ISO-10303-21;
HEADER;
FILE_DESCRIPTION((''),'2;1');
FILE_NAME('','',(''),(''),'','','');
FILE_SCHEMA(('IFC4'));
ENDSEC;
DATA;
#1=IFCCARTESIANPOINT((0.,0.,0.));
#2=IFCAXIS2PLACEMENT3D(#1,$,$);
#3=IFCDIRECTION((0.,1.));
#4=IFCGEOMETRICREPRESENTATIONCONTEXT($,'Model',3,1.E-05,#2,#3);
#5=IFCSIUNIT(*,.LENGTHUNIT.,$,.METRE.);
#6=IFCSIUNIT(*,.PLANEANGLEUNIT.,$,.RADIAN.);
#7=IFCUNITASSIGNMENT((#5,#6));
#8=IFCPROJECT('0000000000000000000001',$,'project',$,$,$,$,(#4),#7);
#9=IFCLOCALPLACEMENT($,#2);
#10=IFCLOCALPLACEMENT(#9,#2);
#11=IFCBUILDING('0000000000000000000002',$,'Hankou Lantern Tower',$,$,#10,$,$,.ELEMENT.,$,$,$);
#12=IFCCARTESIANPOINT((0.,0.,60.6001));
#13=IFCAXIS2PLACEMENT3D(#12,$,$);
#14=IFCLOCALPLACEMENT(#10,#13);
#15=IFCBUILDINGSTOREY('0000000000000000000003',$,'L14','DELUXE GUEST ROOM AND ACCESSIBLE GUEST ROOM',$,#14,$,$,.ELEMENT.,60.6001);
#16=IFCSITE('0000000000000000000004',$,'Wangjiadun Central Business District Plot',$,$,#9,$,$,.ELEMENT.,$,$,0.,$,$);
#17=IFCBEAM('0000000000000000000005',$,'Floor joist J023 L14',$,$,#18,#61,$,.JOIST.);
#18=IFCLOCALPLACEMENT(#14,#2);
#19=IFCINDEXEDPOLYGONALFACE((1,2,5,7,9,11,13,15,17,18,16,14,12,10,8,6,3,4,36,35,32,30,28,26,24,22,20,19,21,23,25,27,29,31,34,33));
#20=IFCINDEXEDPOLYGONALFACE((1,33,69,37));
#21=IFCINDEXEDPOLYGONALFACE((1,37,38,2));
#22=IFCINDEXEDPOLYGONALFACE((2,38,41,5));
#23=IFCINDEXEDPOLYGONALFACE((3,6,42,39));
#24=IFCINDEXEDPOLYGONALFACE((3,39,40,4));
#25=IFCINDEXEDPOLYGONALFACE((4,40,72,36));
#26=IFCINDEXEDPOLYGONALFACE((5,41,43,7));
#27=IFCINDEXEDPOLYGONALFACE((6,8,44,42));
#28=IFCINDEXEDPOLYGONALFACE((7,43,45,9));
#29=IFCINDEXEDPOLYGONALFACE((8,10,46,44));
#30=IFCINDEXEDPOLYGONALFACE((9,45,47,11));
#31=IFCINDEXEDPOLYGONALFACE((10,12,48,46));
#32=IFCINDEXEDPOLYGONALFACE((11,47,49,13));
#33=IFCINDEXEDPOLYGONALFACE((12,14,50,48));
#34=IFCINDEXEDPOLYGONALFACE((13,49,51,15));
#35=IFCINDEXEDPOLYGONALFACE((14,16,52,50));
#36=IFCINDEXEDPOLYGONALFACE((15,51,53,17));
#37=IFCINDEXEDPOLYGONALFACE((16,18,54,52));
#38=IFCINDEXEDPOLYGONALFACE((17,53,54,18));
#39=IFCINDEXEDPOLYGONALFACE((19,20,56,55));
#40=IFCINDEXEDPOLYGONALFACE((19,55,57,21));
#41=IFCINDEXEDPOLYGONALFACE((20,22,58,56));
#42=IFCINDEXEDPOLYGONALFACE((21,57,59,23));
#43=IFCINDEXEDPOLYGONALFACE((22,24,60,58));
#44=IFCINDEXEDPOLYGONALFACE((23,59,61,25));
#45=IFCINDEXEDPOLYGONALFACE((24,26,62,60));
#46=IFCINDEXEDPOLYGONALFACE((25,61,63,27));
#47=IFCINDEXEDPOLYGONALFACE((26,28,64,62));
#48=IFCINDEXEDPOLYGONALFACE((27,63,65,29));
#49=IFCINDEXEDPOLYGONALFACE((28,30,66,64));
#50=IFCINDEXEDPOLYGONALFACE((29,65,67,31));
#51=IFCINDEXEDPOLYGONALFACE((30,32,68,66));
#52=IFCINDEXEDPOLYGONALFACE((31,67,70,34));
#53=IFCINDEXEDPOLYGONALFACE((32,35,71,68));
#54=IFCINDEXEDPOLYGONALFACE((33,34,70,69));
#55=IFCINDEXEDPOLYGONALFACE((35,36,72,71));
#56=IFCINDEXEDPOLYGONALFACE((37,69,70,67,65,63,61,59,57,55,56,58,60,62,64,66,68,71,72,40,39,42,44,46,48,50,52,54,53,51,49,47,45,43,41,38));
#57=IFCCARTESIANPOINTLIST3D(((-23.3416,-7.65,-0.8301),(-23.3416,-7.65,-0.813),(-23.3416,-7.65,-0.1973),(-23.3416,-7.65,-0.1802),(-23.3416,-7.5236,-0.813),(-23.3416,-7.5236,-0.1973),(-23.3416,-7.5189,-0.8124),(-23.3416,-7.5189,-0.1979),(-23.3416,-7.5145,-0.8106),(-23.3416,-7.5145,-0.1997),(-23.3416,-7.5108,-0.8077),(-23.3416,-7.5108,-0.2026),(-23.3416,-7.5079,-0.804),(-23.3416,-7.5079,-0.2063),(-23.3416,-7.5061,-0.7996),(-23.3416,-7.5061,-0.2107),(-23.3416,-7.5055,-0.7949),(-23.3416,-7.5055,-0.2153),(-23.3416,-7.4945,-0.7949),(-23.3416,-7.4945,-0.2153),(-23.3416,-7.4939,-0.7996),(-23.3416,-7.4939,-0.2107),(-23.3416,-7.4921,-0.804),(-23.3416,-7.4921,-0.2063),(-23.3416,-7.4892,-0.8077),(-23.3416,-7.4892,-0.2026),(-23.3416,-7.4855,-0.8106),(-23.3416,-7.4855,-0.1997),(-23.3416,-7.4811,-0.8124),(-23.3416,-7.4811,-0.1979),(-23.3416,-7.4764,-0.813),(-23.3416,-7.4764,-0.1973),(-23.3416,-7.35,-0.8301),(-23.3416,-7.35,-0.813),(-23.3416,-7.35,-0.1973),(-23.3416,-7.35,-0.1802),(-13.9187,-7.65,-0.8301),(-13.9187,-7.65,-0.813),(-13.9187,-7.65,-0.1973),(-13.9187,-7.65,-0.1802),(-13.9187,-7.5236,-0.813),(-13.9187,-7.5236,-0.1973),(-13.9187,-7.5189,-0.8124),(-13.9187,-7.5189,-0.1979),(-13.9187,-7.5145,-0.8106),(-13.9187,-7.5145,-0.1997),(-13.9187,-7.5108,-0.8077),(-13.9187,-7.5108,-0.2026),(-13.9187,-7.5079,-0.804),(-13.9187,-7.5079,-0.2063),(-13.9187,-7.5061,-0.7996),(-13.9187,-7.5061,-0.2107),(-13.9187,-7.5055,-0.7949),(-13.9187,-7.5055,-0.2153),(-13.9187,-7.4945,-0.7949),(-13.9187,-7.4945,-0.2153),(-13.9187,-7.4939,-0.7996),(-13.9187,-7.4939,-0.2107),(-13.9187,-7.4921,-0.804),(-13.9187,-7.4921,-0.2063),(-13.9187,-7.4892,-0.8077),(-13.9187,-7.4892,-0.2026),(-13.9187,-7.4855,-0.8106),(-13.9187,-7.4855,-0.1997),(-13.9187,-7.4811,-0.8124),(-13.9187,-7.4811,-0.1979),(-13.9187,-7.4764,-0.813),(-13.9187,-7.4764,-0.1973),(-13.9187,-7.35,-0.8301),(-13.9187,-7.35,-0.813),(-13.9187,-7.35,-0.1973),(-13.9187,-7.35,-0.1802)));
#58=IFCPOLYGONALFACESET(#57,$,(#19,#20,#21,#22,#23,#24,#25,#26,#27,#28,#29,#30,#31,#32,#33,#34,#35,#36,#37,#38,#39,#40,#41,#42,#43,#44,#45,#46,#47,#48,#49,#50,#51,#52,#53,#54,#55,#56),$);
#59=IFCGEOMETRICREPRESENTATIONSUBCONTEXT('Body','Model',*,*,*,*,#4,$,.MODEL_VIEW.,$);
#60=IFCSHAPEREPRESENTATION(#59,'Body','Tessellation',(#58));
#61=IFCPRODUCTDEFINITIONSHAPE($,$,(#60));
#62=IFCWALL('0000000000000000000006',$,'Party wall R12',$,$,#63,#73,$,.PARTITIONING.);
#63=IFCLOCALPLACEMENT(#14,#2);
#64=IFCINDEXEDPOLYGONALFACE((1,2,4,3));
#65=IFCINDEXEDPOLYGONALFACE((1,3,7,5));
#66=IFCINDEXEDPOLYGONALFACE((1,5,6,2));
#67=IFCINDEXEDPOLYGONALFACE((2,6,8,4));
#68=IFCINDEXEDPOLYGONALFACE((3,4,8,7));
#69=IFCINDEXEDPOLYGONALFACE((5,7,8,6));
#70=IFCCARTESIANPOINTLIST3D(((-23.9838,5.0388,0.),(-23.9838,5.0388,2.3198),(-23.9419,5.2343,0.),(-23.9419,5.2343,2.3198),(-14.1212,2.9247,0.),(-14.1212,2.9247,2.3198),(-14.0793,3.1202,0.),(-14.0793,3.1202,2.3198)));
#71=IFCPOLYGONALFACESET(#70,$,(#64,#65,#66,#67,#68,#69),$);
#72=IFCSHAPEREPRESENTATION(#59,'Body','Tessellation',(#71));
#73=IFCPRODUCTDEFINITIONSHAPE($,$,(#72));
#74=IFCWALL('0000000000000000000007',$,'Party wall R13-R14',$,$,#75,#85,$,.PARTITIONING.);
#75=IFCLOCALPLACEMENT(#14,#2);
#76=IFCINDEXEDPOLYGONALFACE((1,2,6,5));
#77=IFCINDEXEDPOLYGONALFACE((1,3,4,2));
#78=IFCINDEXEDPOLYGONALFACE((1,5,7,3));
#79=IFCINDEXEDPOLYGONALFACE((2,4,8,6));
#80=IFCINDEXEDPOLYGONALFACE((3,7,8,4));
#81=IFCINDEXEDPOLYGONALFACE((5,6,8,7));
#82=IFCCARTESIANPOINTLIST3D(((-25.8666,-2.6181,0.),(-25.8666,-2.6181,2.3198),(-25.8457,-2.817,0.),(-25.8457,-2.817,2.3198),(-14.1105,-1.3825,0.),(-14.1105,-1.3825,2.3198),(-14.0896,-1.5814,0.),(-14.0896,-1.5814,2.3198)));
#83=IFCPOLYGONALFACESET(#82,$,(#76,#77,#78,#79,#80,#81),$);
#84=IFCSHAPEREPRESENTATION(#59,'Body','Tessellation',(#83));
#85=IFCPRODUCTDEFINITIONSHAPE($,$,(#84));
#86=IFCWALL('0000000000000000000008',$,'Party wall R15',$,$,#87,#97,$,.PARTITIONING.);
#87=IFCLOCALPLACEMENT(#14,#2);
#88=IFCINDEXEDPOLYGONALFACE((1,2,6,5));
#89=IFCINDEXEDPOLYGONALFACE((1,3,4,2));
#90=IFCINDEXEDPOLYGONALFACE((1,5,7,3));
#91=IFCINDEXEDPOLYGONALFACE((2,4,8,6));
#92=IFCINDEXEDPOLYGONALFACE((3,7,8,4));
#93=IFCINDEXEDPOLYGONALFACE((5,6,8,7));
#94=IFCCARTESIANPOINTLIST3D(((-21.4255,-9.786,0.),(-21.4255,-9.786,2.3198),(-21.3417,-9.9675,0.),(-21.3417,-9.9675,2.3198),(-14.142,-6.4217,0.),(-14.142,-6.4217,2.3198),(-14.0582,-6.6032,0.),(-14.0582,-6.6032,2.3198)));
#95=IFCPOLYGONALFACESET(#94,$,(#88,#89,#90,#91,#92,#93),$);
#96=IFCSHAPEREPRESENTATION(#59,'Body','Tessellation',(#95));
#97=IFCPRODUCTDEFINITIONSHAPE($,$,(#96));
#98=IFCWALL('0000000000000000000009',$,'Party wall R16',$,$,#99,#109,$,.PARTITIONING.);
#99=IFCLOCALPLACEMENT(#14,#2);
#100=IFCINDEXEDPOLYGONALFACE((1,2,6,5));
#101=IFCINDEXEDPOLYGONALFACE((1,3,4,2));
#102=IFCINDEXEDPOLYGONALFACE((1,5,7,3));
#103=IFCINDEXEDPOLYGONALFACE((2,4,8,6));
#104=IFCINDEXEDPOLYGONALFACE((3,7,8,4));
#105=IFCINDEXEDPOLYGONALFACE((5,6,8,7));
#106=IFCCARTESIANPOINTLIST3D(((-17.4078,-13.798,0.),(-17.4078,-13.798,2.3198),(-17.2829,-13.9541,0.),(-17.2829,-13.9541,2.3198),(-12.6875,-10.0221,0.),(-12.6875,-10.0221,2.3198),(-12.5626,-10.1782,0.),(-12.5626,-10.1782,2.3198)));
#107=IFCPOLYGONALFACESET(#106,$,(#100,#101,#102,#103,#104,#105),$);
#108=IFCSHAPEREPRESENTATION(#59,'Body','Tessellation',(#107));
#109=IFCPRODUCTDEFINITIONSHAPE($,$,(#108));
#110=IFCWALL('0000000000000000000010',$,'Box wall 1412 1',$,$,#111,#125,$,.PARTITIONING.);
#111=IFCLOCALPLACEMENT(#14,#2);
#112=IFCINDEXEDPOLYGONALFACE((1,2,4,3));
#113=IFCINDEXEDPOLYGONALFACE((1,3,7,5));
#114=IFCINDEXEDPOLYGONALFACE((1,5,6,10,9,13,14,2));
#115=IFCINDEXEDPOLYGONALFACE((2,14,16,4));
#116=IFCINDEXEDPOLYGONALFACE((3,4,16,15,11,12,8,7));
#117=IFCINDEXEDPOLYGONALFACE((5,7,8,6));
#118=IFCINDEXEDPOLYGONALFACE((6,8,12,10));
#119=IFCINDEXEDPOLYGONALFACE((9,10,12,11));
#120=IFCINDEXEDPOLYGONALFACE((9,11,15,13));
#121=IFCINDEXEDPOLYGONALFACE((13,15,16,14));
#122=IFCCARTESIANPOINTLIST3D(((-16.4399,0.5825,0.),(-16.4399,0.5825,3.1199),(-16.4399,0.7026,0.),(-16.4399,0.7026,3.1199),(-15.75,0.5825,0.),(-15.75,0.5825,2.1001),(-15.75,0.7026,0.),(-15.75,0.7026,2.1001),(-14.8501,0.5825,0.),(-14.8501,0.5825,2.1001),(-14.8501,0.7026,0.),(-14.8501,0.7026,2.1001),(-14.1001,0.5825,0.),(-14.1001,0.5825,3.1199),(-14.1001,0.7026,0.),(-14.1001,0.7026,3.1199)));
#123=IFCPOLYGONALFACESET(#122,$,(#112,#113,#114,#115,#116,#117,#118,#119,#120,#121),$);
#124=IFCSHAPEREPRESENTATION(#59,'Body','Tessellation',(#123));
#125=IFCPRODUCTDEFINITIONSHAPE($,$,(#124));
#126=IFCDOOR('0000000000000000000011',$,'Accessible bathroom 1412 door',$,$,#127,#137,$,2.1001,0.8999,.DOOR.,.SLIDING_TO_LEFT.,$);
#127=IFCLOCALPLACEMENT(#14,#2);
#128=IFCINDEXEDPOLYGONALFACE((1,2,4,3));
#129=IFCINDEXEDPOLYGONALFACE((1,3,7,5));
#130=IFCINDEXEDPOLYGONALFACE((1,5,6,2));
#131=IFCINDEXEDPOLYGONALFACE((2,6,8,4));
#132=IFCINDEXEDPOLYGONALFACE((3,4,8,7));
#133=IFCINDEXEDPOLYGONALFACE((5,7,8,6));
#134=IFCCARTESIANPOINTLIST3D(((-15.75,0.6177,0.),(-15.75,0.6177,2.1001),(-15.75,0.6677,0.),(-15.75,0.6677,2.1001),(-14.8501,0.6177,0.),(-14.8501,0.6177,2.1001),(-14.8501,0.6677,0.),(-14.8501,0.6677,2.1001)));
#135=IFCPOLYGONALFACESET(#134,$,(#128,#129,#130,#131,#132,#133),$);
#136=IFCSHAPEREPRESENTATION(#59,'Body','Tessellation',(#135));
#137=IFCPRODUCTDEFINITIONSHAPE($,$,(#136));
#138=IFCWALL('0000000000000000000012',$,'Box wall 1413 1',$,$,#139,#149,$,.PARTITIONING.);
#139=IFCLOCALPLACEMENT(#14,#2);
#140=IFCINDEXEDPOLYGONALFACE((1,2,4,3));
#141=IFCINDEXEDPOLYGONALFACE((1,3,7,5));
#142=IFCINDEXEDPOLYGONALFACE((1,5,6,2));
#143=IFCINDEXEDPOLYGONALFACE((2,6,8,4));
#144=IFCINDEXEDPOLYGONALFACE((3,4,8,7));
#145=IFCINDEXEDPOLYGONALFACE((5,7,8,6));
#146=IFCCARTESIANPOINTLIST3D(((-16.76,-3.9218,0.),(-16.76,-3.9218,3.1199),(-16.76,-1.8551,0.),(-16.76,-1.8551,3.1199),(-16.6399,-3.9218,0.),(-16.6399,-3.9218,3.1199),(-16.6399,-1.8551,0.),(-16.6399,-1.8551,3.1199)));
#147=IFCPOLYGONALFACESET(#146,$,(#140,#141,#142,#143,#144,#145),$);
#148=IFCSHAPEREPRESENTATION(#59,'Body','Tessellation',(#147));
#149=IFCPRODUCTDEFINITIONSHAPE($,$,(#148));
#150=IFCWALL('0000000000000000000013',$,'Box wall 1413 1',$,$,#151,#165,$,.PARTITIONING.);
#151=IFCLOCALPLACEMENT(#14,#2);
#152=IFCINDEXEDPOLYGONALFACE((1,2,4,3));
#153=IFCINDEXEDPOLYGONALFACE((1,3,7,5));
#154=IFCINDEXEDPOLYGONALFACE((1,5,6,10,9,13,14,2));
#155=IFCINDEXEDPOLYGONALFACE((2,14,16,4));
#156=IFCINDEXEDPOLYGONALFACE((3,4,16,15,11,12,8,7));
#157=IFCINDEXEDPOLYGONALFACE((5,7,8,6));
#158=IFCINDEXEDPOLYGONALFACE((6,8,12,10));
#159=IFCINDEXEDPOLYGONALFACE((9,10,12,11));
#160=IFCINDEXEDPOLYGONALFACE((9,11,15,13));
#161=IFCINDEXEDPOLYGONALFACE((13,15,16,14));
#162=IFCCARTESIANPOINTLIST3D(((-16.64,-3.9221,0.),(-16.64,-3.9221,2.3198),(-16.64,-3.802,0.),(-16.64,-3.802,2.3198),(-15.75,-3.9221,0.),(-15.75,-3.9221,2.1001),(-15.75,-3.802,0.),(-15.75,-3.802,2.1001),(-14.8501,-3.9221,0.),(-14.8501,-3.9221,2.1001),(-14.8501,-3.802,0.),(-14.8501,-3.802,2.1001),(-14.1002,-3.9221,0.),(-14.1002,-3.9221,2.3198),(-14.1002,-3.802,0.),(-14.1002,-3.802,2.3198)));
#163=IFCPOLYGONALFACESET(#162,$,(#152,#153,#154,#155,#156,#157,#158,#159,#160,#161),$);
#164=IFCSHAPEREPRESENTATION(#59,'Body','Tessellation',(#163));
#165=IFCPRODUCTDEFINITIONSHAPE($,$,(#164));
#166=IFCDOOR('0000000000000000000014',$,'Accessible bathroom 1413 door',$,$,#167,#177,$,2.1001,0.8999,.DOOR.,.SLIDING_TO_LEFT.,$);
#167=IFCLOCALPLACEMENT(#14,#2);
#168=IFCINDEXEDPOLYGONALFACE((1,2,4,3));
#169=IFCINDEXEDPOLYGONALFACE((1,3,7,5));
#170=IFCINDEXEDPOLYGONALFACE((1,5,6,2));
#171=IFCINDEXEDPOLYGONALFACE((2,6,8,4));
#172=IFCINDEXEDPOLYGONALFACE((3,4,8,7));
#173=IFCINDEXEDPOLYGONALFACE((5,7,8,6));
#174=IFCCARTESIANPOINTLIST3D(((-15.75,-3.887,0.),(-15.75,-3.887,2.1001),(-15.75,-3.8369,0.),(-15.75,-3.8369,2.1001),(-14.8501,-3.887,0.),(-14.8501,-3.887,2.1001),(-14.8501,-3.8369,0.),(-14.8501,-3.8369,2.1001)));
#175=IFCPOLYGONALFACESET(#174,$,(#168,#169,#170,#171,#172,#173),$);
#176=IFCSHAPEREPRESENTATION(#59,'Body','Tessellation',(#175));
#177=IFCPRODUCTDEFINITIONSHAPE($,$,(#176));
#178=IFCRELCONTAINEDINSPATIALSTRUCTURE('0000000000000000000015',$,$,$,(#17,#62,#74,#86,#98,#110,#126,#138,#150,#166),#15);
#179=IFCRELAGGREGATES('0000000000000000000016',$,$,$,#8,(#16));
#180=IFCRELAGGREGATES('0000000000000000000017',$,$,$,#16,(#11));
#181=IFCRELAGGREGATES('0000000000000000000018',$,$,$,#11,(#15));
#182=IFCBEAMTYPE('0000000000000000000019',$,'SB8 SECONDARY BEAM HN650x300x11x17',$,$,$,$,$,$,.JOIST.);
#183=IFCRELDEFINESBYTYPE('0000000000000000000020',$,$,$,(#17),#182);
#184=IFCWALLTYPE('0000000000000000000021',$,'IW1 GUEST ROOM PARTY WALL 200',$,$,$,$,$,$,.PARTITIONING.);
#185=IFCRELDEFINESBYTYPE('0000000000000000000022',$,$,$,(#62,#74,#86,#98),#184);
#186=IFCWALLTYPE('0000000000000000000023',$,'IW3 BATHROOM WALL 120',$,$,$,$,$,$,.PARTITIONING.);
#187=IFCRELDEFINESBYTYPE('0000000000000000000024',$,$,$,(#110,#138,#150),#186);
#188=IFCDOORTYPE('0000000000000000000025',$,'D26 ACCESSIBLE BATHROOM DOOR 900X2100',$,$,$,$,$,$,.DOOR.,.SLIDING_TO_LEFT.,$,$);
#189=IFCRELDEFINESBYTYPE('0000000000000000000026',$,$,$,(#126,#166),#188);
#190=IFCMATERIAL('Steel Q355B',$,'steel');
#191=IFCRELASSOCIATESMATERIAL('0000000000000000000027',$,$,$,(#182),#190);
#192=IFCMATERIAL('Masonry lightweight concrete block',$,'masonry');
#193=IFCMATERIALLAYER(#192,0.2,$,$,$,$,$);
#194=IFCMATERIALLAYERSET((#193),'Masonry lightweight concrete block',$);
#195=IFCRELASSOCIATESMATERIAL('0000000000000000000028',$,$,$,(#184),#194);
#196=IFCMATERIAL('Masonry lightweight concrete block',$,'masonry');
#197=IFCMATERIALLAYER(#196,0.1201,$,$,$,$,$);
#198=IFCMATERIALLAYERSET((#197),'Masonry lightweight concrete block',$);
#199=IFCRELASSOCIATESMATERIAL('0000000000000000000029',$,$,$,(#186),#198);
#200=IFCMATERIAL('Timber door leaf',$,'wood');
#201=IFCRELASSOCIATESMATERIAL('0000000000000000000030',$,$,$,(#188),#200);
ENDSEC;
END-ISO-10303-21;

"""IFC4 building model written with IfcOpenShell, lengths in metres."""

from ifc_helpers import new_model, si_unit, direction, frame, frame_2d, origin, origin_2d, place, context, subcontext, project, spatial, rectangle, i_section, extrude, material, layer, layer_set, material_profile, profile_set, type_object, element, fill, save


model = new_model("IFC4")

# Units and contexts
model_context = context("Model", 3, precision=1e-05, world=origin(), true_north=direction((0.0, 1.0)))
body_context = subcontext(model_context, "Body", "Model", "MODEL_VIEW")
ifc_project = project(units=[si_unit("LENGTHUNIT", "METRE"), si_unit("PLANEANGLEUNIT", "RADIAN")], contexts=[model_context])

# Site, building, storey
site_placement = place(None, origin())
site = spatial("IfcSite", under=ifc_project, at=site_placement, Name="Wangjiadun Central Business District Plot", CompositionType="ELEMENT", RefElevation=0.0)
building_placement = place(site_placement, origin())
building = spatial("IfcBuilding", under=site, at=building_placement, Name="Hankou Lantern Tower", CompositionType="ELEMENT")
storey_placement = place(building_placement, frame((0.0, 0.0, 60.6001)))
storey = spatial("IfcBuildingStorey", under=building, at=storey_placement, Name="L14", Description="DELUXE GUEST ROOM AND ACCESSIBLE GUEST ROOM", CompositionType="ELEMENT", Elevation=60.6001)

# Beam
ifc_material_1 = material(Name="Steel Q355B", Category="steel")
ifc_material_profile_1 = material_profile(ifc_material_1, i_section(OverallWidth=0.3, OverallDepth=0.6499, WebThickness=0.011, FlangeThickness=0.0171, FilletRadius=0.0181, at=origin_2d()), Name="HN650x300x11x17")
ifc_profile_set_1 = profile_set([ifc_material_profile_1], Name="Steel Q355B")
beam_type_1 = type_object("IfcBeamType", Name="SB8 SECONDARY BEAM HN650x300x11x17", PredefinedType="JOIST", material=ifc_profile_set_1)
beam_1_placement = place(storey_placement, frame((-23.3416, -7.5, -0.5051), z_axis=(1.0, 0.0, 0.0), x_axis=(0.0, 1.0, 0.0)))
element("IfcBeam", 1, at=beam_1_placement, inside=storey, type_object=beam_type_1, Name="Floor joist J023 L14", PredefinedType="JOIST", context=body_context, shape_type="SweptSolid", body=[
    extrude(i_section(OverallWidth=0.3, OverallDepth=0.6499, WebThickness=0.011, FlangeThickness=0.0171, FilletRadius=0.0181, at=origin_2d()), origin(), (0.0, 0.0, 1.0), 9.4229),
])

# Walls
ifc_material_2 = material(Name="Masonry lightweight concrete block", Category="masonry")
ifc_layer_1 = layer(ifc_material_2, 0.2)
ifc_layer_set_1 = layer_set([ifc_layer_1], Name="Masonry lightweight concrete block")
wall_type_1 = type_object("IfcWallType", Name="IW1 GUEST ROOM PARTY WALL 200", PredefinedType="PARTITIONING", material=ifc_layer_set_1)
wall_1_placement = place(storey_placement, frame((-14.1001, 3.0225, 0.0), z_axis=(0.0, 0.0, 1.0), x_axis=(-0.97779, 0.209587, 0.0)))
element("IfcWall", 2, at=wall_1_placement, inside=storey, type_object=wall_type_1, Name="Party wall R12", PredefinedType="PARTITIONING", context=body_context, shape_type="SweptSolid", body=[
    extrude(rectangle(XDim=10.0867, YDim=0.2, at=frame_2d((5.0435, 0.0))), origin(), (0.0, 0.0, 1.0), 2.3198),
])
wall_2_placement = place(storey_placement, frame((-14.1001, -1.4819, 0.0), z_axis=(0.0, 0.0, 1.0), x_axis=(-0.994522, -0.104527, 0.0)))
element("IfcWall", 3, at=wall_2_placement, inside=storey, type_object=wall_type_1, Name="Party wall R13-R14", PredefinedType="PARTITIONING", context=body_context, shape_type="SweptSolid", body=[
    extrude(rectangle(XDim=11.8208, YDim=0.2, at=frame_2d((5.9104, 0.0))), origin(), (0.0, 0.0, 1.0), 2.3198),
])
wall_3_placement = place(storey_placement, frame((-14.1001, -6.5125, 0.0), z_axis=(0.0, 0.0, 1.0), x_axis=(-0.907833, -0.419332, 0.0)))
element("IfcWall", 4, at=wall_3_placement, inside=storey, type_object=wall_type_1, Name="Party wall R15", PredefinedType="PARTITIONING", context=body_context, shape_type="SweptSolid", body=[
    extrude(rectangle(XDim=8.0229, YDim=0.2, at=frame_2d((4.0115, 0.0))), origin(), (0.0, 0.0, 1.0), 2.3198),
])
wall_4_placement = place(storey_placement, frame((-12.625, -10.1001, 0.0), z_axis=(0.0, 0.0, 1.0), x_axis=(-0.780892, -0.624665, 0.0)))
element("IfcWall", 5, at=wall_4_placement, inside=storey, type_object=wall_type_1, Name="Party wall R16", PredefinedType="PARTITIONING", context=body_context, shape_type="SweptSolid", body=[
    extrude(rectangle(XDim=6.0447, YDim=0.2, at=frame_2d((3.0225, 0.0))), origin(), (0.0, 0.0, 1.0), 2.3198),
])

# Wall, opening, door
ifc_material_3 = material(Name="Masonry lightweight concrete block", Category="masonry")
ifc_layer_2 = layer(ifc_material_3, 0.1201)
ifc_layer_set_2 = layer_set([ifc_layer_2], Name="Masonry lightweight concrete block")
wall_type_2 = type_object("IfcWallType", Name="IW3 BATHROOM WALL 120", PredefinedType="PARTITIONING", material=ifc_layer_set_2)
wall_5_placement = place(storey_placement, frame((-14.1001, 0.6426, 0.0), z_axis=(0.0, 0.0, 1.0), x_axis=(-1.0, 0.0, 0.0)))
wall_5 = element("IfcWall", 6, at=wall_5_placement, inside=storey, type_object=wall_type_2, Name="Box wall 1412 1", PredefinedType="PARTITIONING", context=body_context, shape_type="SweptSolid", body=[
    extrude(rectangle(XDim=2.3398, YDim=0.1201, at=frame_2d((1.1699, 0.0))), origin(), (0.0, 0.0, 1.0), 3.1199),
])
opening_1_placement = place(wall_5_placement, frame((0.75, 0.0, 0.0)))
opening_1 = element("IfcOpeningElement", 7, at=opening_1_placement, cuts=wall_5, PredefinedType="OPENING", context=body_context, shape_type="SweptSolid", body=[
    extrude(rectangle(XDim=0.8999, YDim=2.1001, at=frame_2d((0.45, 1.05))), frame((0.0, 0.0701, 0.0), z_axis=(0.0, -1.0, 0.0), x_axis=(1.0, 0.0, 0.0)), (0.0, 0.0, 1.0), 0.1401),
])
ifc_material_4 = material(Name="Timber door leaf", Category="wood")
door_type_1 = type_object("IfcDoorType", Name="D26 ACCESSIBLE BATHROOM DOOR 900X2100", OperationType="SLIDING_TO_LEFT", PredefinedType="DOOR", material=ifc_material_4)
door_1_placement = place(opening_1_placement, origin())
door_1 = element("IfcDoor", 8, at=door_1_placement, inside=storey, type_object=door_type_1, Name="Accessible bathroom 1412 door", OperationType="SLIDING_TO_LEFT", OverallHeight=2.1001, OverallWidth=0.8999, PredefinedType="DOOR", context=body_context, shape_type="SweptSolid", body=[
    extrude(rectangle(XDim=0.8999, YDim=2.1001, at=frame_2d((0.45, 1.05))), frame((0.0, 0.0249, 0.0), z_axis=(0.0, -1.0, 0.0), x_axis=(1.0, 0.0, 0.0)), (0.0, 0.0, 1.0), 0.05),
])
fill(opening_1, door_1)

# Wall
wall_6_placement = place(storey_placement, frame((-16.7, -1.8552, 0.0), z_axis=(0.0, 0.0, 1.0), x_axis=(0.0, -1.0, 0.0)))
element("IfcWall", 9, at=wall_6_placement, inside=storey, type_object=wall_type_2, Name="Box wall 1413 1", PredefinedType="PARTITIONING", context=body_context, shape_type="SweptSolid", body=[
    extrude(rectangle(XDim=2.0667, YDim=0.1201, at=frame_2d((1.0332, 0.0))), origin(), (0.0, 0.0, 1.0), 3.1199),
])

# Wall, opening, door
wall_7_placement = place(storey_placement, frame((-14.1001, -3.8621, 0.0), z_axis=(0.0, 0.0, 1.0), x_axis=(-1.0, 0.0, 0.0)))
wall_7 = element("IfcWall", 10, at=wall_7_placement, inside=storey, type_object=wall_type_2, Name="Box wall 1413 1", PredefinedType="PARTITIONING", context=body_context, shape_type="SweptSolid", body=[
    extrude(rectangle(XDim=2.5398, YDim=0.1201, at=frame_2d((1.27, 0.0))), origin(), (0.0, 0.0, 1.0), 2.3198),
])
opening_2_placement = place(wall_7_placement, frame((0.75, 0.0, 0.0)))
opening_2 = element("IfcOpeningElement", 11, at=opening_2_placement, cuts=wall_7, PredefinedType="OPENING", context=body_context, shape_type="SweptSolid", body=[
    extrude(rectangle(XDim=0.8999, YDim=2.1001, at=frame_2d((0.45, 1.05))), frame((0.0, 0.0701, 0.0), z_axis=(0.0, -1.0, 0.0), x_axis=(1.0, 0.0, 0.0)), (0.0, 0.0, 1.0), 0.1401),
])
door_2_placement = place(opening_2_placement, origin())
door_2 = element("IfcDoor", 12, at=door_2_placement, inside=storey, type_object=door_type_1, Name="Accessible bathroom 1413 door", OperationType="SLIDING_TO_LEFT", OverallHeight=2.1001, OverallWidth=0.8999, PredefinedType="DOOR", context=body_context, shape_type="SweptSolid", body=[
    extrude(rectangle(XDim=0.8999, YDim=2.1001, at=frame_2d((0.45, 1.05))), frame((0.0, 0.0249, 0.0), z_axis=(0.0, -1.0, 0.0), x_axis=(1.0, 0.0, 0.0)), (0.0, 0.0, 1.0), 0.05),
])
fill(opening_2, door_2)

save(model, "model.ifc")
